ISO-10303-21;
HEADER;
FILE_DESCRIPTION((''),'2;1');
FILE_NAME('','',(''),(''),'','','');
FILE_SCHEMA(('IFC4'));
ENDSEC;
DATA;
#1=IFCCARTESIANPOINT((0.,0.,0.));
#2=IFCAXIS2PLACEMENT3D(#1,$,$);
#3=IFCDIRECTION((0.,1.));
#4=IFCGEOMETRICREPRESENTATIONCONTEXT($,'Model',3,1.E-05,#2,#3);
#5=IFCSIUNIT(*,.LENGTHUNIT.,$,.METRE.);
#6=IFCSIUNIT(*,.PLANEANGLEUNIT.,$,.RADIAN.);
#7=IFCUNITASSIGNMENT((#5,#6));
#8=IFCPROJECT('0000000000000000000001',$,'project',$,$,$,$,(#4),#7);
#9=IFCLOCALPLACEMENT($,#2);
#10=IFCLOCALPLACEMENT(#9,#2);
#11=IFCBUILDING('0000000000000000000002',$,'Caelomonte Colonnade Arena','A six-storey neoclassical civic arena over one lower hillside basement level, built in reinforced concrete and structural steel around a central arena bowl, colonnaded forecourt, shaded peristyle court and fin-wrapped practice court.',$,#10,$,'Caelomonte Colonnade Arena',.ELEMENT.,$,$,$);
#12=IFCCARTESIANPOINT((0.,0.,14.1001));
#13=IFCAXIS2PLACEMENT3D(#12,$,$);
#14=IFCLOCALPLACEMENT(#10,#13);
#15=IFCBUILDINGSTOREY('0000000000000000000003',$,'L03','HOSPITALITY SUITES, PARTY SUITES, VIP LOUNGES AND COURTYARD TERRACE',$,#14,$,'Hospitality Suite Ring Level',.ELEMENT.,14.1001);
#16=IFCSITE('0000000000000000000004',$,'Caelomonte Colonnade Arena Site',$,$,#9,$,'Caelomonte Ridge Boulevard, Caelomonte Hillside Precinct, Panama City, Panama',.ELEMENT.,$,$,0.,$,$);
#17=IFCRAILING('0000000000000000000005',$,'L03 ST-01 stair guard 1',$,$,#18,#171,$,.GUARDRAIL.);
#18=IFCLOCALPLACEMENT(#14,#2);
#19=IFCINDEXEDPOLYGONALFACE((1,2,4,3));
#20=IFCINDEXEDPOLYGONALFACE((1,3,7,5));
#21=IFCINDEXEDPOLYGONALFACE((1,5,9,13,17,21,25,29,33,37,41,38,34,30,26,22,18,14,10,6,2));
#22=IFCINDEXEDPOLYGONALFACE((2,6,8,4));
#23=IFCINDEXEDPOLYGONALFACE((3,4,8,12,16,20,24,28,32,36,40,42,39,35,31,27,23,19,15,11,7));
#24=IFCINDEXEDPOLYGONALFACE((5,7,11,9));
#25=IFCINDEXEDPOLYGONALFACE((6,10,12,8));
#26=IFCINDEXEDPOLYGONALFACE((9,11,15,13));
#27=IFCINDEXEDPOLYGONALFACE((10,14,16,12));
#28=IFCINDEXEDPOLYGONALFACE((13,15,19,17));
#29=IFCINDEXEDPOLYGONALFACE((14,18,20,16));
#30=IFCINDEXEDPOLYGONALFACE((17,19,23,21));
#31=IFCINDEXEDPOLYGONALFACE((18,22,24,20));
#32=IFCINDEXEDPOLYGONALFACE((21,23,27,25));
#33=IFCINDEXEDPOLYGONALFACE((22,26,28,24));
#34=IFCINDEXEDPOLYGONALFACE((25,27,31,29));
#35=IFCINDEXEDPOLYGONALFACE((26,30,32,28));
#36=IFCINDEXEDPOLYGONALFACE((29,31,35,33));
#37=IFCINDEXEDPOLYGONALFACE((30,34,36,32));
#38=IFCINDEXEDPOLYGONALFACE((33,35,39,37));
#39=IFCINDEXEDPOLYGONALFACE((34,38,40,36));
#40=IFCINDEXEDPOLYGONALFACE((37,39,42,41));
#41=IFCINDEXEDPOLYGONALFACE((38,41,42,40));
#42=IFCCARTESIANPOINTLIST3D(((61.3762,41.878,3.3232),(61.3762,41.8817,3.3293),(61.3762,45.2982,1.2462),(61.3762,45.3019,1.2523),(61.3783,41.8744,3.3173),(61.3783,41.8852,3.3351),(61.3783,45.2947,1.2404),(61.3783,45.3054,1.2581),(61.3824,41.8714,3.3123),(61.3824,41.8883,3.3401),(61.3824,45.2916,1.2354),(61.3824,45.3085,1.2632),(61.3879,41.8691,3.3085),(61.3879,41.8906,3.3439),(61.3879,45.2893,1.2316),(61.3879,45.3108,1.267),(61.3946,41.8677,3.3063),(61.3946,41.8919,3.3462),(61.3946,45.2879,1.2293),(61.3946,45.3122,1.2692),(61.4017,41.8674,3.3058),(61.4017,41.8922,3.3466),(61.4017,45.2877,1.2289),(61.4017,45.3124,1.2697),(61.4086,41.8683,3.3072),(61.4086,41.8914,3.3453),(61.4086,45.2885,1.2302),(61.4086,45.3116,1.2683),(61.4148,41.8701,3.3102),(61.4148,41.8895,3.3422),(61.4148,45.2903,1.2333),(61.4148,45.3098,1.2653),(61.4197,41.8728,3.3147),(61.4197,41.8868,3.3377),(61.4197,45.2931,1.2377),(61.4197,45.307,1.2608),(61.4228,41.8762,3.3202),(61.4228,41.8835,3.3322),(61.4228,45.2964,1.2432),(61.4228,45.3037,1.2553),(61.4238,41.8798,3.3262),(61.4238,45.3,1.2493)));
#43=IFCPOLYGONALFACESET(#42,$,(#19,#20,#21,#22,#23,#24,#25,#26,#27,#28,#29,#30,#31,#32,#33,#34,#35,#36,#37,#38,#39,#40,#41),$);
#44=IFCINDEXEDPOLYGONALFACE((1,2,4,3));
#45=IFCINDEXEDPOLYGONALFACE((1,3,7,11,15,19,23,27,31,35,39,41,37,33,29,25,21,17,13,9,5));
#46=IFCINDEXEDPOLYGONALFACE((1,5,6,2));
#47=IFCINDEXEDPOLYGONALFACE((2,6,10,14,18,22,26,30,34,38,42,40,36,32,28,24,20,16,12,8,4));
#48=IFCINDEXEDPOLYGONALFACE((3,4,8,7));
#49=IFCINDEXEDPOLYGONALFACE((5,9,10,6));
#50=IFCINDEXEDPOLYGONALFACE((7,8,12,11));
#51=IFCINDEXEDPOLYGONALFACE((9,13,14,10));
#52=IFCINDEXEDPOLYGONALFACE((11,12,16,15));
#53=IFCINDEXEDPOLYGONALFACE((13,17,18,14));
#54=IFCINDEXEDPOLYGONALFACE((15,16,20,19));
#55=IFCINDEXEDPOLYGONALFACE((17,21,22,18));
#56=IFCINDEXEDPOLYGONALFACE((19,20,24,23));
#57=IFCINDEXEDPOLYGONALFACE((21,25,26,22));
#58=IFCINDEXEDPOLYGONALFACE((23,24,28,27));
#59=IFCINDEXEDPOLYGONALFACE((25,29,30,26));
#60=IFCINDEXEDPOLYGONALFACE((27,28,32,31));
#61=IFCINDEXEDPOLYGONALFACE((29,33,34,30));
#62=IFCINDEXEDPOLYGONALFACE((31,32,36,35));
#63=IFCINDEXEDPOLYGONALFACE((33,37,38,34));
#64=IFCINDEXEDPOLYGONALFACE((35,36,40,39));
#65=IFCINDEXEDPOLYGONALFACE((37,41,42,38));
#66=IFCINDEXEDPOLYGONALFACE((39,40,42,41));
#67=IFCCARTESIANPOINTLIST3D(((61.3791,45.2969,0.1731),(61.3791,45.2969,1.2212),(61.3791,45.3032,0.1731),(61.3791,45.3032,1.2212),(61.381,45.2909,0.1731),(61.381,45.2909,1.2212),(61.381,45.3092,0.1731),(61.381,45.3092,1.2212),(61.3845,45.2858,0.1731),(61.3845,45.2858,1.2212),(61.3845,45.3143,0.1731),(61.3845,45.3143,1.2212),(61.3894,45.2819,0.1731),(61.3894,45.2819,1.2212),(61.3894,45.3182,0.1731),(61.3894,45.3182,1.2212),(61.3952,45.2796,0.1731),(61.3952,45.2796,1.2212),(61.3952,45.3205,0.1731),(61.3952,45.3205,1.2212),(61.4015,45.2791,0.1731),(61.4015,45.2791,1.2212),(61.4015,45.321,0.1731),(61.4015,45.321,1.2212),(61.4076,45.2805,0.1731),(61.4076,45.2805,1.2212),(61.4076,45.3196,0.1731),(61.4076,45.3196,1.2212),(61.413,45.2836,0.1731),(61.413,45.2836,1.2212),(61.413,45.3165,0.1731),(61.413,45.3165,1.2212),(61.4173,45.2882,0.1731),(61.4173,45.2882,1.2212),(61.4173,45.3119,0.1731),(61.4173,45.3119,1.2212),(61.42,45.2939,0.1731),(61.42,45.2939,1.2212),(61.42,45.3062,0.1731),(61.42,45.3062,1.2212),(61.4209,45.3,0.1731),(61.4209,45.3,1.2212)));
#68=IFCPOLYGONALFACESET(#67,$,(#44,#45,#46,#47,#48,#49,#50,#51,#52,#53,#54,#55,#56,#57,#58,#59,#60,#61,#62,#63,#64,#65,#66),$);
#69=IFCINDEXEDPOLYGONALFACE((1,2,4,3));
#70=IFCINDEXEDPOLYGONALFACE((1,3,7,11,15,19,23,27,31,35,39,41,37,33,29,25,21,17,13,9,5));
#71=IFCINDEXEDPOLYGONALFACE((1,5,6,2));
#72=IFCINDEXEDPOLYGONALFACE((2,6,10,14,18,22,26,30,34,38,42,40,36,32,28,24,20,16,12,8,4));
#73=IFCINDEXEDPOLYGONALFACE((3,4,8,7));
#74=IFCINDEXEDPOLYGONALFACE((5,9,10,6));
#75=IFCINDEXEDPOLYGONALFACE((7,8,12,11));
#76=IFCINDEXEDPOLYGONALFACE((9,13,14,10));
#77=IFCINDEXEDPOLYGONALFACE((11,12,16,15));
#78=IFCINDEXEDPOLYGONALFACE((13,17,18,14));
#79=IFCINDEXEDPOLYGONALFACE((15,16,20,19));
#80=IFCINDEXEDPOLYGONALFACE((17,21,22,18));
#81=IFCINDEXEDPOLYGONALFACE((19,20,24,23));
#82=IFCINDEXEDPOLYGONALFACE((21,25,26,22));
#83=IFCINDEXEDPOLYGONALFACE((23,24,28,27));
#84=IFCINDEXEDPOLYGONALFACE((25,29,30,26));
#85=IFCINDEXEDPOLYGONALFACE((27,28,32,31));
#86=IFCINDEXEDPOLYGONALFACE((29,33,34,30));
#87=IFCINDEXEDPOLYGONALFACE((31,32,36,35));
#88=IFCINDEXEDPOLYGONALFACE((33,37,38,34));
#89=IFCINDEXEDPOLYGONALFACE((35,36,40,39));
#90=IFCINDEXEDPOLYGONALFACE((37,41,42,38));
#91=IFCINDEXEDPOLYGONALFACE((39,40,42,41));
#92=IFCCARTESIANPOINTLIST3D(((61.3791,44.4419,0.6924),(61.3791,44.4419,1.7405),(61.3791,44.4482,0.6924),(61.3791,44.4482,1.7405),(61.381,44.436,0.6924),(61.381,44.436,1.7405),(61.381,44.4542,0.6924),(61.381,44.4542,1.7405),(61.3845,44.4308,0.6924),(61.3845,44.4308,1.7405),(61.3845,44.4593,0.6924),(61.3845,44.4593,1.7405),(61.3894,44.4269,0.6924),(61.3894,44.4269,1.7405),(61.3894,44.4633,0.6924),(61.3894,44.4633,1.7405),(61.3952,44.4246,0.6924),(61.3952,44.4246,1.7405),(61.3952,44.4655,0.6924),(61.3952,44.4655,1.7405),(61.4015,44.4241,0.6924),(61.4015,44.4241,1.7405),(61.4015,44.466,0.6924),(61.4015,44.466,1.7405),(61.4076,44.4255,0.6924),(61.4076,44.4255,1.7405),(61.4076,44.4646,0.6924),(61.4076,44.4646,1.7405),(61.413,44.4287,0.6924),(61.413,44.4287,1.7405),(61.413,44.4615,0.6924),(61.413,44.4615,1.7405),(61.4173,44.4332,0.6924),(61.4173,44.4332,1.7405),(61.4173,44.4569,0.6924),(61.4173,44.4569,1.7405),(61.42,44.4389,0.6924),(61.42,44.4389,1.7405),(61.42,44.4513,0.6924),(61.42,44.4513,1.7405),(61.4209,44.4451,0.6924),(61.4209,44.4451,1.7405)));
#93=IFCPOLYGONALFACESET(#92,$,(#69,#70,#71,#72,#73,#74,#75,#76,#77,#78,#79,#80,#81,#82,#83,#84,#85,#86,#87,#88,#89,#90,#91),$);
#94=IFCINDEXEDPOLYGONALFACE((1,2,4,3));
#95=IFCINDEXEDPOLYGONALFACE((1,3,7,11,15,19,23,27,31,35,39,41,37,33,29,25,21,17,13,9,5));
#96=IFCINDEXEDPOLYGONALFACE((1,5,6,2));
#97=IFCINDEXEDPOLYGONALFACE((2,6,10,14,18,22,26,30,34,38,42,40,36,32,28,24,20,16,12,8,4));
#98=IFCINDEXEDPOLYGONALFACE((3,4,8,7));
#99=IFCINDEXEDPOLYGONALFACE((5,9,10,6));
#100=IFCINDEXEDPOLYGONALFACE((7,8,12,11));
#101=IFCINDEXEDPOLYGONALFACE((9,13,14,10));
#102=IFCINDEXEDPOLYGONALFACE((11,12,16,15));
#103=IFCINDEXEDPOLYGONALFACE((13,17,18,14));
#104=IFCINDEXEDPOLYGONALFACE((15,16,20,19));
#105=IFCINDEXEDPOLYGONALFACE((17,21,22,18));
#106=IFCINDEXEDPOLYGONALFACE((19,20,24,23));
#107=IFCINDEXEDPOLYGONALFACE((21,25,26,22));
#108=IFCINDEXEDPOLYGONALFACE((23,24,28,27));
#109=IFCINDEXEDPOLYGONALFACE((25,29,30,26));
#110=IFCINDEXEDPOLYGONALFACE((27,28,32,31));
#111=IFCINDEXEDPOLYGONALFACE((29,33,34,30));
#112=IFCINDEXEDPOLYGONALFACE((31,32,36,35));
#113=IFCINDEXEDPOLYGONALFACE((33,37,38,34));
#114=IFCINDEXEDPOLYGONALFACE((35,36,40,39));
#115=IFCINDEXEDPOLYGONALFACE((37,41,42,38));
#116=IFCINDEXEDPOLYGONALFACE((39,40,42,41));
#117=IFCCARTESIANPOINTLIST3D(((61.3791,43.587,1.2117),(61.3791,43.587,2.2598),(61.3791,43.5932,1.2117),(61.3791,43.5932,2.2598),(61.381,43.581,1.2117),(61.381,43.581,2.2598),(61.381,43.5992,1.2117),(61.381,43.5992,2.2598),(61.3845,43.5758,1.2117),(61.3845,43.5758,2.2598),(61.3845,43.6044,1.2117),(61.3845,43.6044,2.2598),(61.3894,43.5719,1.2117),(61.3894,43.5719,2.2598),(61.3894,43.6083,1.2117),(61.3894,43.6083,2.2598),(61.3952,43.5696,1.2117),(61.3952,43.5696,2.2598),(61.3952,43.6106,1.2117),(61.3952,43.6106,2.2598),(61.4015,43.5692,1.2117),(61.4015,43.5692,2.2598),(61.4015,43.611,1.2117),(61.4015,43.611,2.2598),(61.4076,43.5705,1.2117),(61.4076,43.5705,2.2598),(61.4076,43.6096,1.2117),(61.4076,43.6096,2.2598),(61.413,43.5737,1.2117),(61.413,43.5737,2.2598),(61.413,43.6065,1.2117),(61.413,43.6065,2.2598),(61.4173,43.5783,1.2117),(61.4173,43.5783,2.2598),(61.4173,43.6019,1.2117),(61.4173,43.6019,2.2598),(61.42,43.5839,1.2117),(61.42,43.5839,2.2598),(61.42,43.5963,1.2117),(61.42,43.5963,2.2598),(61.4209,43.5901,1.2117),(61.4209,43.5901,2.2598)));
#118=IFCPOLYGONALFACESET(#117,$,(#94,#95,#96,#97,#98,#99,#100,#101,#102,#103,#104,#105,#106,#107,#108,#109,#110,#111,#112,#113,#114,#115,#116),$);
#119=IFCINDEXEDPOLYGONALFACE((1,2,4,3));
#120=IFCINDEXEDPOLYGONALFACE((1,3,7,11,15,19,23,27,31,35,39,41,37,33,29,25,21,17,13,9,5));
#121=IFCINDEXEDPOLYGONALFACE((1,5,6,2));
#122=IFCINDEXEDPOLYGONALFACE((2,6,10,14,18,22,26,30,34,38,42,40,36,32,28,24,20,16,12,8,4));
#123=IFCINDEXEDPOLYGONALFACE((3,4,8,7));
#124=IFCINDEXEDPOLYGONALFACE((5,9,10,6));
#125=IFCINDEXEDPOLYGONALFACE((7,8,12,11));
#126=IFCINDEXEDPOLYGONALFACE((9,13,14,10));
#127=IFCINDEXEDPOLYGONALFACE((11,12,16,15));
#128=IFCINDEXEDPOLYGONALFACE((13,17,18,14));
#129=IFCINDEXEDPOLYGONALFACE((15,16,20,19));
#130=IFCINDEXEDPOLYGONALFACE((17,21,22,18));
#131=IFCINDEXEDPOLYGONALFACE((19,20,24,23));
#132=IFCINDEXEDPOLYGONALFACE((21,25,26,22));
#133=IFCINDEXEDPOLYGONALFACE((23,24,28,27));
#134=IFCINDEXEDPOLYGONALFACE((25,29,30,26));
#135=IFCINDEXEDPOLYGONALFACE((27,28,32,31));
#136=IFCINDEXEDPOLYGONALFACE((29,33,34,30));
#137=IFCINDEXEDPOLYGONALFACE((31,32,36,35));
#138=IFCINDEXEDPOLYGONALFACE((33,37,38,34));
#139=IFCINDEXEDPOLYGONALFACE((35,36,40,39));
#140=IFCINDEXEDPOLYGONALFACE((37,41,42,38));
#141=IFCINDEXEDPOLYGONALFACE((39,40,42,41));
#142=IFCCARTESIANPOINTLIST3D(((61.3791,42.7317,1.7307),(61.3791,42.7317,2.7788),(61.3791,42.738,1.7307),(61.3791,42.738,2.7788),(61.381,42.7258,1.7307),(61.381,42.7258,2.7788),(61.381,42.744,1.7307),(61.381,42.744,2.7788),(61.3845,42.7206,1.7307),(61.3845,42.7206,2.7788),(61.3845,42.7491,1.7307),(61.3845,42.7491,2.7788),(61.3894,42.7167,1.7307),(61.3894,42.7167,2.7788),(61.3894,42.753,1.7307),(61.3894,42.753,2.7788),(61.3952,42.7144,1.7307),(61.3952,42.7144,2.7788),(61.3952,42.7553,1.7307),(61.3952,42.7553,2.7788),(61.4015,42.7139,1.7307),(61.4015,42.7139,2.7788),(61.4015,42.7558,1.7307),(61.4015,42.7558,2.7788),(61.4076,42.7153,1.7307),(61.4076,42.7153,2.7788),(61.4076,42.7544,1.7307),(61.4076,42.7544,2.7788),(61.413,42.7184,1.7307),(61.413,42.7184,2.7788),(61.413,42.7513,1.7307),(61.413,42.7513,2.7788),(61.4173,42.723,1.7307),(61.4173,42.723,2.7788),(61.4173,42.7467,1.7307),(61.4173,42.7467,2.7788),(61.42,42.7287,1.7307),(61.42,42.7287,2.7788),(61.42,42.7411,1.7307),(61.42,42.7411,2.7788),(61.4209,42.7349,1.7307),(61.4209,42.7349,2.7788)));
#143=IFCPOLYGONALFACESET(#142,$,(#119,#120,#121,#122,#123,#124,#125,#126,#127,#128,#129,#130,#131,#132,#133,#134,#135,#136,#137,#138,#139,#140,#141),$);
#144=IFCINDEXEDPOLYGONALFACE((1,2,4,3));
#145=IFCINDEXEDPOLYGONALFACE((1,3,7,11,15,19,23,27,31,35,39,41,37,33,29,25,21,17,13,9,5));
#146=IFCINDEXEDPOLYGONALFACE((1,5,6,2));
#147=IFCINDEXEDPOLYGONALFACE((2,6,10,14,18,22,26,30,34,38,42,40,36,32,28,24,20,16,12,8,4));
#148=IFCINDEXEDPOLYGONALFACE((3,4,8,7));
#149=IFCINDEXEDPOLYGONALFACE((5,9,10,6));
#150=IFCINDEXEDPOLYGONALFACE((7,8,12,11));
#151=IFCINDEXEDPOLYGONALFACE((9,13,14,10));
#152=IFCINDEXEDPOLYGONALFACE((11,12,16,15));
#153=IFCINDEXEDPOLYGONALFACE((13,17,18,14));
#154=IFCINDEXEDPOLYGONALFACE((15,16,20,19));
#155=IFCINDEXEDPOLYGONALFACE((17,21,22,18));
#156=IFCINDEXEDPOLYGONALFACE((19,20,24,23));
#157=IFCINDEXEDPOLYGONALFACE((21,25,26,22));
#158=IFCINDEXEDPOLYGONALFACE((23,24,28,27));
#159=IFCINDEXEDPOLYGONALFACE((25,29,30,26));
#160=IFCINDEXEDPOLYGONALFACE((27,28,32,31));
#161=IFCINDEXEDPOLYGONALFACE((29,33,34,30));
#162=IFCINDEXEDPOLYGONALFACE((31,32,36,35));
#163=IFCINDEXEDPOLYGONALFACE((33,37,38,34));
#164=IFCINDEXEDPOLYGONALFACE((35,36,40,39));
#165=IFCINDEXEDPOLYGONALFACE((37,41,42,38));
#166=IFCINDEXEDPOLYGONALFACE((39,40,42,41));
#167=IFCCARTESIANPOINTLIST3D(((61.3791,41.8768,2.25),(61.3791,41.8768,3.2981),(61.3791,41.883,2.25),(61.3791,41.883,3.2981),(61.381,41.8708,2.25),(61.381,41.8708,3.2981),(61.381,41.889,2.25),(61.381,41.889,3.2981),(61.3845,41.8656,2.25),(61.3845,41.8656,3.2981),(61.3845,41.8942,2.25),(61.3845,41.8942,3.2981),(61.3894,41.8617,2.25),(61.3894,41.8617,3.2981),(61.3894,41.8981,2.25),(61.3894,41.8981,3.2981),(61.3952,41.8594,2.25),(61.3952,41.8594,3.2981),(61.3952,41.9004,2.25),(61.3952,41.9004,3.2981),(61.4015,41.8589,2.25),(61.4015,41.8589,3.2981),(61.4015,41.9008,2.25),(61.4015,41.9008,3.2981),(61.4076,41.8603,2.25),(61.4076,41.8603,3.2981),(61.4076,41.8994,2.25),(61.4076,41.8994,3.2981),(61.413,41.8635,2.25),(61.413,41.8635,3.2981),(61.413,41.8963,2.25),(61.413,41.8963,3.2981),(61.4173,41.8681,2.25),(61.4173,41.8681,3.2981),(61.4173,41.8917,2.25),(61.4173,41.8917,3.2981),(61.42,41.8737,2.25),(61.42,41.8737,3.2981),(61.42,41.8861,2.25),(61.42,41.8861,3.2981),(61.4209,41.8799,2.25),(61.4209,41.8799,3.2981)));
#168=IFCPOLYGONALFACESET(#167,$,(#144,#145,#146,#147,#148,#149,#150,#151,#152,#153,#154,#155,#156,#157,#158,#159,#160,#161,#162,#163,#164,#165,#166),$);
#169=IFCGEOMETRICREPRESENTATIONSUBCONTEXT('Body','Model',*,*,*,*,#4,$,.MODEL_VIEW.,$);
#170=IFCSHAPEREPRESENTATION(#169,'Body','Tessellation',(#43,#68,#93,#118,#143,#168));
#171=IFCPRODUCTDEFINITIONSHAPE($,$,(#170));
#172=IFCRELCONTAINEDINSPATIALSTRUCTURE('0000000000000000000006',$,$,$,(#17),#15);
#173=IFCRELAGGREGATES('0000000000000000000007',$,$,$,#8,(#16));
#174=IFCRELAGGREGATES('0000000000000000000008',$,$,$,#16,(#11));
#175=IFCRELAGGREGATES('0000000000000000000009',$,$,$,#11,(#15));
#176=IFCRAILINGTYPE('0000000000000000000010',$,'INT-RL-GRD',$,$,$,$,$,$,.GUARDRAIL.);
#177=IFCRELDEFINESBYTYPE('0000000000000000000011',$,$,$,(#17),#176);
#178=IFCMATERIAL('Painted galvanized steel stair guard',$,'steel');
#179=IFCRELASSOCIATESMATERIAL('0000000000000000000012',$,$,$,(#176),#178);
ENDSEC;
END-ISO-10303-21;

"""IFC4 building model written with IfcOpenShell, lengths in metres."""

from ifc_helpers import new_model, si_unit, direction, frame, origin, origin_2d, place, context, subcontext, project, spatial, circle, extrude, material, type_object, element, save


model = new_model("IFC4")

# Units and contexts
model_context = context("Model", 3, precision=1e-05, world=origin(), true_north=direction((0.0, 1.0)))
body_context = subcontext(model_context, "Body", "Model", "MODEL_VIEW")
ifc_project = project(units=[si_unit("LENGTHUNIT", "METRE"), si_unit("PLANEANGLEUNIT", "RADIAN")], contexts=[model_context])

# Site, building, storey
site_placement = place(None, origin())
site = spatial("IfcSite", under=ifc_project, at=site_placement, Name="Caelomonte Colonnade Arena Site", LongName="Caelomonte Ridge Boulevard, Caelomonte Hillside Precinct, Panama City, Panama", CompositionType="ELEMENT", RefElevation=0.0)
building_placement = place(site_placement, origin())
building = spatial("IfcBuilding", under=site, at=building_placement, Name="Caelomonte Colonnade Arena", Description="A six-storey neoclassical civic arena over one lower hillside basement level, built in reinforced concrete and structural steel around a central arena bowl, colonnaded forecourt, shaded peristyle court and fin-wrapped practice court.", LongName="Caelomonte Colonnade Arena", CompositionType="ELEMENT")
storey_placement = place(building_placement, frame((0.0, 0.0, 14.1001)))
storey = spatial("IfcBuildingStorey", under=building, at=storey_placement, Name="L03", Description="HOSPITALITY SUITES, PARTY SUITES, VIP LOUNGES AND COURTYARD TERRACE", LongName="Hospitality Suite Ring Level", CompositionType="ELEMENT", Elevation=14.1001)

# Railing
ifc_material_1 = material(Name="Painted galvanized steel stair guard", Category="steel")
railing_type = type_object("IfcRailingType", Name="INT-RL-GRD", PredefinedType="GUARDRAIL", material=ifc_material_1)
railing_1_placement = place(storey_placement, frame((61.3999, 45.3, 0.1731)))
element("IfcRailing", 1, at=railing_1_placement, inside=storey, type_object=railing_type, Name="L03 ST-01 stair guard 1", PredefinedType="GUARDRAIL", context=body_context, shape_type="SweptSolid", body=[
    extrude(circle(Radius=0.0239, at=origin_2d()), frame((0.0, 0.0, 1.0762), z_axis=(0.0, -0.854746, 0.519047), x_axis=(1.0, 0.0, 0.0)), (0.0, 0.0, 1.0), 4.0015),
    extrude(circle(Radius=0.021, at=origin_2d()), origin(), (0.0, 0.0, 1.0), 1.0481),
    extrude(circle(Radius=0.021, at=origin_2d()), frame((0.0, -0.855, 0.5193)), (0.0, 0.0, 1.0), 1.0481),
    extrude(circle(Radius=0.021, at=origin_2d()), frame((0.0, -1.71, 1.0386)), (0.0, 0.0, 1.0), 1.0481),
    extrude(circle(Radius=0.021, at=origin_2d()), frame((0.0, -2.5652, 1.5576)), (0.0, 0.0, 1.0), 1.0481),
    extrude(circle(Radius=0.021, at=origin_2d()), frame((0.0, -3.4202, 2.0769)), (0.0, 0.0, 1.0), 1.0481),
])

save(model, "model.ifc")
